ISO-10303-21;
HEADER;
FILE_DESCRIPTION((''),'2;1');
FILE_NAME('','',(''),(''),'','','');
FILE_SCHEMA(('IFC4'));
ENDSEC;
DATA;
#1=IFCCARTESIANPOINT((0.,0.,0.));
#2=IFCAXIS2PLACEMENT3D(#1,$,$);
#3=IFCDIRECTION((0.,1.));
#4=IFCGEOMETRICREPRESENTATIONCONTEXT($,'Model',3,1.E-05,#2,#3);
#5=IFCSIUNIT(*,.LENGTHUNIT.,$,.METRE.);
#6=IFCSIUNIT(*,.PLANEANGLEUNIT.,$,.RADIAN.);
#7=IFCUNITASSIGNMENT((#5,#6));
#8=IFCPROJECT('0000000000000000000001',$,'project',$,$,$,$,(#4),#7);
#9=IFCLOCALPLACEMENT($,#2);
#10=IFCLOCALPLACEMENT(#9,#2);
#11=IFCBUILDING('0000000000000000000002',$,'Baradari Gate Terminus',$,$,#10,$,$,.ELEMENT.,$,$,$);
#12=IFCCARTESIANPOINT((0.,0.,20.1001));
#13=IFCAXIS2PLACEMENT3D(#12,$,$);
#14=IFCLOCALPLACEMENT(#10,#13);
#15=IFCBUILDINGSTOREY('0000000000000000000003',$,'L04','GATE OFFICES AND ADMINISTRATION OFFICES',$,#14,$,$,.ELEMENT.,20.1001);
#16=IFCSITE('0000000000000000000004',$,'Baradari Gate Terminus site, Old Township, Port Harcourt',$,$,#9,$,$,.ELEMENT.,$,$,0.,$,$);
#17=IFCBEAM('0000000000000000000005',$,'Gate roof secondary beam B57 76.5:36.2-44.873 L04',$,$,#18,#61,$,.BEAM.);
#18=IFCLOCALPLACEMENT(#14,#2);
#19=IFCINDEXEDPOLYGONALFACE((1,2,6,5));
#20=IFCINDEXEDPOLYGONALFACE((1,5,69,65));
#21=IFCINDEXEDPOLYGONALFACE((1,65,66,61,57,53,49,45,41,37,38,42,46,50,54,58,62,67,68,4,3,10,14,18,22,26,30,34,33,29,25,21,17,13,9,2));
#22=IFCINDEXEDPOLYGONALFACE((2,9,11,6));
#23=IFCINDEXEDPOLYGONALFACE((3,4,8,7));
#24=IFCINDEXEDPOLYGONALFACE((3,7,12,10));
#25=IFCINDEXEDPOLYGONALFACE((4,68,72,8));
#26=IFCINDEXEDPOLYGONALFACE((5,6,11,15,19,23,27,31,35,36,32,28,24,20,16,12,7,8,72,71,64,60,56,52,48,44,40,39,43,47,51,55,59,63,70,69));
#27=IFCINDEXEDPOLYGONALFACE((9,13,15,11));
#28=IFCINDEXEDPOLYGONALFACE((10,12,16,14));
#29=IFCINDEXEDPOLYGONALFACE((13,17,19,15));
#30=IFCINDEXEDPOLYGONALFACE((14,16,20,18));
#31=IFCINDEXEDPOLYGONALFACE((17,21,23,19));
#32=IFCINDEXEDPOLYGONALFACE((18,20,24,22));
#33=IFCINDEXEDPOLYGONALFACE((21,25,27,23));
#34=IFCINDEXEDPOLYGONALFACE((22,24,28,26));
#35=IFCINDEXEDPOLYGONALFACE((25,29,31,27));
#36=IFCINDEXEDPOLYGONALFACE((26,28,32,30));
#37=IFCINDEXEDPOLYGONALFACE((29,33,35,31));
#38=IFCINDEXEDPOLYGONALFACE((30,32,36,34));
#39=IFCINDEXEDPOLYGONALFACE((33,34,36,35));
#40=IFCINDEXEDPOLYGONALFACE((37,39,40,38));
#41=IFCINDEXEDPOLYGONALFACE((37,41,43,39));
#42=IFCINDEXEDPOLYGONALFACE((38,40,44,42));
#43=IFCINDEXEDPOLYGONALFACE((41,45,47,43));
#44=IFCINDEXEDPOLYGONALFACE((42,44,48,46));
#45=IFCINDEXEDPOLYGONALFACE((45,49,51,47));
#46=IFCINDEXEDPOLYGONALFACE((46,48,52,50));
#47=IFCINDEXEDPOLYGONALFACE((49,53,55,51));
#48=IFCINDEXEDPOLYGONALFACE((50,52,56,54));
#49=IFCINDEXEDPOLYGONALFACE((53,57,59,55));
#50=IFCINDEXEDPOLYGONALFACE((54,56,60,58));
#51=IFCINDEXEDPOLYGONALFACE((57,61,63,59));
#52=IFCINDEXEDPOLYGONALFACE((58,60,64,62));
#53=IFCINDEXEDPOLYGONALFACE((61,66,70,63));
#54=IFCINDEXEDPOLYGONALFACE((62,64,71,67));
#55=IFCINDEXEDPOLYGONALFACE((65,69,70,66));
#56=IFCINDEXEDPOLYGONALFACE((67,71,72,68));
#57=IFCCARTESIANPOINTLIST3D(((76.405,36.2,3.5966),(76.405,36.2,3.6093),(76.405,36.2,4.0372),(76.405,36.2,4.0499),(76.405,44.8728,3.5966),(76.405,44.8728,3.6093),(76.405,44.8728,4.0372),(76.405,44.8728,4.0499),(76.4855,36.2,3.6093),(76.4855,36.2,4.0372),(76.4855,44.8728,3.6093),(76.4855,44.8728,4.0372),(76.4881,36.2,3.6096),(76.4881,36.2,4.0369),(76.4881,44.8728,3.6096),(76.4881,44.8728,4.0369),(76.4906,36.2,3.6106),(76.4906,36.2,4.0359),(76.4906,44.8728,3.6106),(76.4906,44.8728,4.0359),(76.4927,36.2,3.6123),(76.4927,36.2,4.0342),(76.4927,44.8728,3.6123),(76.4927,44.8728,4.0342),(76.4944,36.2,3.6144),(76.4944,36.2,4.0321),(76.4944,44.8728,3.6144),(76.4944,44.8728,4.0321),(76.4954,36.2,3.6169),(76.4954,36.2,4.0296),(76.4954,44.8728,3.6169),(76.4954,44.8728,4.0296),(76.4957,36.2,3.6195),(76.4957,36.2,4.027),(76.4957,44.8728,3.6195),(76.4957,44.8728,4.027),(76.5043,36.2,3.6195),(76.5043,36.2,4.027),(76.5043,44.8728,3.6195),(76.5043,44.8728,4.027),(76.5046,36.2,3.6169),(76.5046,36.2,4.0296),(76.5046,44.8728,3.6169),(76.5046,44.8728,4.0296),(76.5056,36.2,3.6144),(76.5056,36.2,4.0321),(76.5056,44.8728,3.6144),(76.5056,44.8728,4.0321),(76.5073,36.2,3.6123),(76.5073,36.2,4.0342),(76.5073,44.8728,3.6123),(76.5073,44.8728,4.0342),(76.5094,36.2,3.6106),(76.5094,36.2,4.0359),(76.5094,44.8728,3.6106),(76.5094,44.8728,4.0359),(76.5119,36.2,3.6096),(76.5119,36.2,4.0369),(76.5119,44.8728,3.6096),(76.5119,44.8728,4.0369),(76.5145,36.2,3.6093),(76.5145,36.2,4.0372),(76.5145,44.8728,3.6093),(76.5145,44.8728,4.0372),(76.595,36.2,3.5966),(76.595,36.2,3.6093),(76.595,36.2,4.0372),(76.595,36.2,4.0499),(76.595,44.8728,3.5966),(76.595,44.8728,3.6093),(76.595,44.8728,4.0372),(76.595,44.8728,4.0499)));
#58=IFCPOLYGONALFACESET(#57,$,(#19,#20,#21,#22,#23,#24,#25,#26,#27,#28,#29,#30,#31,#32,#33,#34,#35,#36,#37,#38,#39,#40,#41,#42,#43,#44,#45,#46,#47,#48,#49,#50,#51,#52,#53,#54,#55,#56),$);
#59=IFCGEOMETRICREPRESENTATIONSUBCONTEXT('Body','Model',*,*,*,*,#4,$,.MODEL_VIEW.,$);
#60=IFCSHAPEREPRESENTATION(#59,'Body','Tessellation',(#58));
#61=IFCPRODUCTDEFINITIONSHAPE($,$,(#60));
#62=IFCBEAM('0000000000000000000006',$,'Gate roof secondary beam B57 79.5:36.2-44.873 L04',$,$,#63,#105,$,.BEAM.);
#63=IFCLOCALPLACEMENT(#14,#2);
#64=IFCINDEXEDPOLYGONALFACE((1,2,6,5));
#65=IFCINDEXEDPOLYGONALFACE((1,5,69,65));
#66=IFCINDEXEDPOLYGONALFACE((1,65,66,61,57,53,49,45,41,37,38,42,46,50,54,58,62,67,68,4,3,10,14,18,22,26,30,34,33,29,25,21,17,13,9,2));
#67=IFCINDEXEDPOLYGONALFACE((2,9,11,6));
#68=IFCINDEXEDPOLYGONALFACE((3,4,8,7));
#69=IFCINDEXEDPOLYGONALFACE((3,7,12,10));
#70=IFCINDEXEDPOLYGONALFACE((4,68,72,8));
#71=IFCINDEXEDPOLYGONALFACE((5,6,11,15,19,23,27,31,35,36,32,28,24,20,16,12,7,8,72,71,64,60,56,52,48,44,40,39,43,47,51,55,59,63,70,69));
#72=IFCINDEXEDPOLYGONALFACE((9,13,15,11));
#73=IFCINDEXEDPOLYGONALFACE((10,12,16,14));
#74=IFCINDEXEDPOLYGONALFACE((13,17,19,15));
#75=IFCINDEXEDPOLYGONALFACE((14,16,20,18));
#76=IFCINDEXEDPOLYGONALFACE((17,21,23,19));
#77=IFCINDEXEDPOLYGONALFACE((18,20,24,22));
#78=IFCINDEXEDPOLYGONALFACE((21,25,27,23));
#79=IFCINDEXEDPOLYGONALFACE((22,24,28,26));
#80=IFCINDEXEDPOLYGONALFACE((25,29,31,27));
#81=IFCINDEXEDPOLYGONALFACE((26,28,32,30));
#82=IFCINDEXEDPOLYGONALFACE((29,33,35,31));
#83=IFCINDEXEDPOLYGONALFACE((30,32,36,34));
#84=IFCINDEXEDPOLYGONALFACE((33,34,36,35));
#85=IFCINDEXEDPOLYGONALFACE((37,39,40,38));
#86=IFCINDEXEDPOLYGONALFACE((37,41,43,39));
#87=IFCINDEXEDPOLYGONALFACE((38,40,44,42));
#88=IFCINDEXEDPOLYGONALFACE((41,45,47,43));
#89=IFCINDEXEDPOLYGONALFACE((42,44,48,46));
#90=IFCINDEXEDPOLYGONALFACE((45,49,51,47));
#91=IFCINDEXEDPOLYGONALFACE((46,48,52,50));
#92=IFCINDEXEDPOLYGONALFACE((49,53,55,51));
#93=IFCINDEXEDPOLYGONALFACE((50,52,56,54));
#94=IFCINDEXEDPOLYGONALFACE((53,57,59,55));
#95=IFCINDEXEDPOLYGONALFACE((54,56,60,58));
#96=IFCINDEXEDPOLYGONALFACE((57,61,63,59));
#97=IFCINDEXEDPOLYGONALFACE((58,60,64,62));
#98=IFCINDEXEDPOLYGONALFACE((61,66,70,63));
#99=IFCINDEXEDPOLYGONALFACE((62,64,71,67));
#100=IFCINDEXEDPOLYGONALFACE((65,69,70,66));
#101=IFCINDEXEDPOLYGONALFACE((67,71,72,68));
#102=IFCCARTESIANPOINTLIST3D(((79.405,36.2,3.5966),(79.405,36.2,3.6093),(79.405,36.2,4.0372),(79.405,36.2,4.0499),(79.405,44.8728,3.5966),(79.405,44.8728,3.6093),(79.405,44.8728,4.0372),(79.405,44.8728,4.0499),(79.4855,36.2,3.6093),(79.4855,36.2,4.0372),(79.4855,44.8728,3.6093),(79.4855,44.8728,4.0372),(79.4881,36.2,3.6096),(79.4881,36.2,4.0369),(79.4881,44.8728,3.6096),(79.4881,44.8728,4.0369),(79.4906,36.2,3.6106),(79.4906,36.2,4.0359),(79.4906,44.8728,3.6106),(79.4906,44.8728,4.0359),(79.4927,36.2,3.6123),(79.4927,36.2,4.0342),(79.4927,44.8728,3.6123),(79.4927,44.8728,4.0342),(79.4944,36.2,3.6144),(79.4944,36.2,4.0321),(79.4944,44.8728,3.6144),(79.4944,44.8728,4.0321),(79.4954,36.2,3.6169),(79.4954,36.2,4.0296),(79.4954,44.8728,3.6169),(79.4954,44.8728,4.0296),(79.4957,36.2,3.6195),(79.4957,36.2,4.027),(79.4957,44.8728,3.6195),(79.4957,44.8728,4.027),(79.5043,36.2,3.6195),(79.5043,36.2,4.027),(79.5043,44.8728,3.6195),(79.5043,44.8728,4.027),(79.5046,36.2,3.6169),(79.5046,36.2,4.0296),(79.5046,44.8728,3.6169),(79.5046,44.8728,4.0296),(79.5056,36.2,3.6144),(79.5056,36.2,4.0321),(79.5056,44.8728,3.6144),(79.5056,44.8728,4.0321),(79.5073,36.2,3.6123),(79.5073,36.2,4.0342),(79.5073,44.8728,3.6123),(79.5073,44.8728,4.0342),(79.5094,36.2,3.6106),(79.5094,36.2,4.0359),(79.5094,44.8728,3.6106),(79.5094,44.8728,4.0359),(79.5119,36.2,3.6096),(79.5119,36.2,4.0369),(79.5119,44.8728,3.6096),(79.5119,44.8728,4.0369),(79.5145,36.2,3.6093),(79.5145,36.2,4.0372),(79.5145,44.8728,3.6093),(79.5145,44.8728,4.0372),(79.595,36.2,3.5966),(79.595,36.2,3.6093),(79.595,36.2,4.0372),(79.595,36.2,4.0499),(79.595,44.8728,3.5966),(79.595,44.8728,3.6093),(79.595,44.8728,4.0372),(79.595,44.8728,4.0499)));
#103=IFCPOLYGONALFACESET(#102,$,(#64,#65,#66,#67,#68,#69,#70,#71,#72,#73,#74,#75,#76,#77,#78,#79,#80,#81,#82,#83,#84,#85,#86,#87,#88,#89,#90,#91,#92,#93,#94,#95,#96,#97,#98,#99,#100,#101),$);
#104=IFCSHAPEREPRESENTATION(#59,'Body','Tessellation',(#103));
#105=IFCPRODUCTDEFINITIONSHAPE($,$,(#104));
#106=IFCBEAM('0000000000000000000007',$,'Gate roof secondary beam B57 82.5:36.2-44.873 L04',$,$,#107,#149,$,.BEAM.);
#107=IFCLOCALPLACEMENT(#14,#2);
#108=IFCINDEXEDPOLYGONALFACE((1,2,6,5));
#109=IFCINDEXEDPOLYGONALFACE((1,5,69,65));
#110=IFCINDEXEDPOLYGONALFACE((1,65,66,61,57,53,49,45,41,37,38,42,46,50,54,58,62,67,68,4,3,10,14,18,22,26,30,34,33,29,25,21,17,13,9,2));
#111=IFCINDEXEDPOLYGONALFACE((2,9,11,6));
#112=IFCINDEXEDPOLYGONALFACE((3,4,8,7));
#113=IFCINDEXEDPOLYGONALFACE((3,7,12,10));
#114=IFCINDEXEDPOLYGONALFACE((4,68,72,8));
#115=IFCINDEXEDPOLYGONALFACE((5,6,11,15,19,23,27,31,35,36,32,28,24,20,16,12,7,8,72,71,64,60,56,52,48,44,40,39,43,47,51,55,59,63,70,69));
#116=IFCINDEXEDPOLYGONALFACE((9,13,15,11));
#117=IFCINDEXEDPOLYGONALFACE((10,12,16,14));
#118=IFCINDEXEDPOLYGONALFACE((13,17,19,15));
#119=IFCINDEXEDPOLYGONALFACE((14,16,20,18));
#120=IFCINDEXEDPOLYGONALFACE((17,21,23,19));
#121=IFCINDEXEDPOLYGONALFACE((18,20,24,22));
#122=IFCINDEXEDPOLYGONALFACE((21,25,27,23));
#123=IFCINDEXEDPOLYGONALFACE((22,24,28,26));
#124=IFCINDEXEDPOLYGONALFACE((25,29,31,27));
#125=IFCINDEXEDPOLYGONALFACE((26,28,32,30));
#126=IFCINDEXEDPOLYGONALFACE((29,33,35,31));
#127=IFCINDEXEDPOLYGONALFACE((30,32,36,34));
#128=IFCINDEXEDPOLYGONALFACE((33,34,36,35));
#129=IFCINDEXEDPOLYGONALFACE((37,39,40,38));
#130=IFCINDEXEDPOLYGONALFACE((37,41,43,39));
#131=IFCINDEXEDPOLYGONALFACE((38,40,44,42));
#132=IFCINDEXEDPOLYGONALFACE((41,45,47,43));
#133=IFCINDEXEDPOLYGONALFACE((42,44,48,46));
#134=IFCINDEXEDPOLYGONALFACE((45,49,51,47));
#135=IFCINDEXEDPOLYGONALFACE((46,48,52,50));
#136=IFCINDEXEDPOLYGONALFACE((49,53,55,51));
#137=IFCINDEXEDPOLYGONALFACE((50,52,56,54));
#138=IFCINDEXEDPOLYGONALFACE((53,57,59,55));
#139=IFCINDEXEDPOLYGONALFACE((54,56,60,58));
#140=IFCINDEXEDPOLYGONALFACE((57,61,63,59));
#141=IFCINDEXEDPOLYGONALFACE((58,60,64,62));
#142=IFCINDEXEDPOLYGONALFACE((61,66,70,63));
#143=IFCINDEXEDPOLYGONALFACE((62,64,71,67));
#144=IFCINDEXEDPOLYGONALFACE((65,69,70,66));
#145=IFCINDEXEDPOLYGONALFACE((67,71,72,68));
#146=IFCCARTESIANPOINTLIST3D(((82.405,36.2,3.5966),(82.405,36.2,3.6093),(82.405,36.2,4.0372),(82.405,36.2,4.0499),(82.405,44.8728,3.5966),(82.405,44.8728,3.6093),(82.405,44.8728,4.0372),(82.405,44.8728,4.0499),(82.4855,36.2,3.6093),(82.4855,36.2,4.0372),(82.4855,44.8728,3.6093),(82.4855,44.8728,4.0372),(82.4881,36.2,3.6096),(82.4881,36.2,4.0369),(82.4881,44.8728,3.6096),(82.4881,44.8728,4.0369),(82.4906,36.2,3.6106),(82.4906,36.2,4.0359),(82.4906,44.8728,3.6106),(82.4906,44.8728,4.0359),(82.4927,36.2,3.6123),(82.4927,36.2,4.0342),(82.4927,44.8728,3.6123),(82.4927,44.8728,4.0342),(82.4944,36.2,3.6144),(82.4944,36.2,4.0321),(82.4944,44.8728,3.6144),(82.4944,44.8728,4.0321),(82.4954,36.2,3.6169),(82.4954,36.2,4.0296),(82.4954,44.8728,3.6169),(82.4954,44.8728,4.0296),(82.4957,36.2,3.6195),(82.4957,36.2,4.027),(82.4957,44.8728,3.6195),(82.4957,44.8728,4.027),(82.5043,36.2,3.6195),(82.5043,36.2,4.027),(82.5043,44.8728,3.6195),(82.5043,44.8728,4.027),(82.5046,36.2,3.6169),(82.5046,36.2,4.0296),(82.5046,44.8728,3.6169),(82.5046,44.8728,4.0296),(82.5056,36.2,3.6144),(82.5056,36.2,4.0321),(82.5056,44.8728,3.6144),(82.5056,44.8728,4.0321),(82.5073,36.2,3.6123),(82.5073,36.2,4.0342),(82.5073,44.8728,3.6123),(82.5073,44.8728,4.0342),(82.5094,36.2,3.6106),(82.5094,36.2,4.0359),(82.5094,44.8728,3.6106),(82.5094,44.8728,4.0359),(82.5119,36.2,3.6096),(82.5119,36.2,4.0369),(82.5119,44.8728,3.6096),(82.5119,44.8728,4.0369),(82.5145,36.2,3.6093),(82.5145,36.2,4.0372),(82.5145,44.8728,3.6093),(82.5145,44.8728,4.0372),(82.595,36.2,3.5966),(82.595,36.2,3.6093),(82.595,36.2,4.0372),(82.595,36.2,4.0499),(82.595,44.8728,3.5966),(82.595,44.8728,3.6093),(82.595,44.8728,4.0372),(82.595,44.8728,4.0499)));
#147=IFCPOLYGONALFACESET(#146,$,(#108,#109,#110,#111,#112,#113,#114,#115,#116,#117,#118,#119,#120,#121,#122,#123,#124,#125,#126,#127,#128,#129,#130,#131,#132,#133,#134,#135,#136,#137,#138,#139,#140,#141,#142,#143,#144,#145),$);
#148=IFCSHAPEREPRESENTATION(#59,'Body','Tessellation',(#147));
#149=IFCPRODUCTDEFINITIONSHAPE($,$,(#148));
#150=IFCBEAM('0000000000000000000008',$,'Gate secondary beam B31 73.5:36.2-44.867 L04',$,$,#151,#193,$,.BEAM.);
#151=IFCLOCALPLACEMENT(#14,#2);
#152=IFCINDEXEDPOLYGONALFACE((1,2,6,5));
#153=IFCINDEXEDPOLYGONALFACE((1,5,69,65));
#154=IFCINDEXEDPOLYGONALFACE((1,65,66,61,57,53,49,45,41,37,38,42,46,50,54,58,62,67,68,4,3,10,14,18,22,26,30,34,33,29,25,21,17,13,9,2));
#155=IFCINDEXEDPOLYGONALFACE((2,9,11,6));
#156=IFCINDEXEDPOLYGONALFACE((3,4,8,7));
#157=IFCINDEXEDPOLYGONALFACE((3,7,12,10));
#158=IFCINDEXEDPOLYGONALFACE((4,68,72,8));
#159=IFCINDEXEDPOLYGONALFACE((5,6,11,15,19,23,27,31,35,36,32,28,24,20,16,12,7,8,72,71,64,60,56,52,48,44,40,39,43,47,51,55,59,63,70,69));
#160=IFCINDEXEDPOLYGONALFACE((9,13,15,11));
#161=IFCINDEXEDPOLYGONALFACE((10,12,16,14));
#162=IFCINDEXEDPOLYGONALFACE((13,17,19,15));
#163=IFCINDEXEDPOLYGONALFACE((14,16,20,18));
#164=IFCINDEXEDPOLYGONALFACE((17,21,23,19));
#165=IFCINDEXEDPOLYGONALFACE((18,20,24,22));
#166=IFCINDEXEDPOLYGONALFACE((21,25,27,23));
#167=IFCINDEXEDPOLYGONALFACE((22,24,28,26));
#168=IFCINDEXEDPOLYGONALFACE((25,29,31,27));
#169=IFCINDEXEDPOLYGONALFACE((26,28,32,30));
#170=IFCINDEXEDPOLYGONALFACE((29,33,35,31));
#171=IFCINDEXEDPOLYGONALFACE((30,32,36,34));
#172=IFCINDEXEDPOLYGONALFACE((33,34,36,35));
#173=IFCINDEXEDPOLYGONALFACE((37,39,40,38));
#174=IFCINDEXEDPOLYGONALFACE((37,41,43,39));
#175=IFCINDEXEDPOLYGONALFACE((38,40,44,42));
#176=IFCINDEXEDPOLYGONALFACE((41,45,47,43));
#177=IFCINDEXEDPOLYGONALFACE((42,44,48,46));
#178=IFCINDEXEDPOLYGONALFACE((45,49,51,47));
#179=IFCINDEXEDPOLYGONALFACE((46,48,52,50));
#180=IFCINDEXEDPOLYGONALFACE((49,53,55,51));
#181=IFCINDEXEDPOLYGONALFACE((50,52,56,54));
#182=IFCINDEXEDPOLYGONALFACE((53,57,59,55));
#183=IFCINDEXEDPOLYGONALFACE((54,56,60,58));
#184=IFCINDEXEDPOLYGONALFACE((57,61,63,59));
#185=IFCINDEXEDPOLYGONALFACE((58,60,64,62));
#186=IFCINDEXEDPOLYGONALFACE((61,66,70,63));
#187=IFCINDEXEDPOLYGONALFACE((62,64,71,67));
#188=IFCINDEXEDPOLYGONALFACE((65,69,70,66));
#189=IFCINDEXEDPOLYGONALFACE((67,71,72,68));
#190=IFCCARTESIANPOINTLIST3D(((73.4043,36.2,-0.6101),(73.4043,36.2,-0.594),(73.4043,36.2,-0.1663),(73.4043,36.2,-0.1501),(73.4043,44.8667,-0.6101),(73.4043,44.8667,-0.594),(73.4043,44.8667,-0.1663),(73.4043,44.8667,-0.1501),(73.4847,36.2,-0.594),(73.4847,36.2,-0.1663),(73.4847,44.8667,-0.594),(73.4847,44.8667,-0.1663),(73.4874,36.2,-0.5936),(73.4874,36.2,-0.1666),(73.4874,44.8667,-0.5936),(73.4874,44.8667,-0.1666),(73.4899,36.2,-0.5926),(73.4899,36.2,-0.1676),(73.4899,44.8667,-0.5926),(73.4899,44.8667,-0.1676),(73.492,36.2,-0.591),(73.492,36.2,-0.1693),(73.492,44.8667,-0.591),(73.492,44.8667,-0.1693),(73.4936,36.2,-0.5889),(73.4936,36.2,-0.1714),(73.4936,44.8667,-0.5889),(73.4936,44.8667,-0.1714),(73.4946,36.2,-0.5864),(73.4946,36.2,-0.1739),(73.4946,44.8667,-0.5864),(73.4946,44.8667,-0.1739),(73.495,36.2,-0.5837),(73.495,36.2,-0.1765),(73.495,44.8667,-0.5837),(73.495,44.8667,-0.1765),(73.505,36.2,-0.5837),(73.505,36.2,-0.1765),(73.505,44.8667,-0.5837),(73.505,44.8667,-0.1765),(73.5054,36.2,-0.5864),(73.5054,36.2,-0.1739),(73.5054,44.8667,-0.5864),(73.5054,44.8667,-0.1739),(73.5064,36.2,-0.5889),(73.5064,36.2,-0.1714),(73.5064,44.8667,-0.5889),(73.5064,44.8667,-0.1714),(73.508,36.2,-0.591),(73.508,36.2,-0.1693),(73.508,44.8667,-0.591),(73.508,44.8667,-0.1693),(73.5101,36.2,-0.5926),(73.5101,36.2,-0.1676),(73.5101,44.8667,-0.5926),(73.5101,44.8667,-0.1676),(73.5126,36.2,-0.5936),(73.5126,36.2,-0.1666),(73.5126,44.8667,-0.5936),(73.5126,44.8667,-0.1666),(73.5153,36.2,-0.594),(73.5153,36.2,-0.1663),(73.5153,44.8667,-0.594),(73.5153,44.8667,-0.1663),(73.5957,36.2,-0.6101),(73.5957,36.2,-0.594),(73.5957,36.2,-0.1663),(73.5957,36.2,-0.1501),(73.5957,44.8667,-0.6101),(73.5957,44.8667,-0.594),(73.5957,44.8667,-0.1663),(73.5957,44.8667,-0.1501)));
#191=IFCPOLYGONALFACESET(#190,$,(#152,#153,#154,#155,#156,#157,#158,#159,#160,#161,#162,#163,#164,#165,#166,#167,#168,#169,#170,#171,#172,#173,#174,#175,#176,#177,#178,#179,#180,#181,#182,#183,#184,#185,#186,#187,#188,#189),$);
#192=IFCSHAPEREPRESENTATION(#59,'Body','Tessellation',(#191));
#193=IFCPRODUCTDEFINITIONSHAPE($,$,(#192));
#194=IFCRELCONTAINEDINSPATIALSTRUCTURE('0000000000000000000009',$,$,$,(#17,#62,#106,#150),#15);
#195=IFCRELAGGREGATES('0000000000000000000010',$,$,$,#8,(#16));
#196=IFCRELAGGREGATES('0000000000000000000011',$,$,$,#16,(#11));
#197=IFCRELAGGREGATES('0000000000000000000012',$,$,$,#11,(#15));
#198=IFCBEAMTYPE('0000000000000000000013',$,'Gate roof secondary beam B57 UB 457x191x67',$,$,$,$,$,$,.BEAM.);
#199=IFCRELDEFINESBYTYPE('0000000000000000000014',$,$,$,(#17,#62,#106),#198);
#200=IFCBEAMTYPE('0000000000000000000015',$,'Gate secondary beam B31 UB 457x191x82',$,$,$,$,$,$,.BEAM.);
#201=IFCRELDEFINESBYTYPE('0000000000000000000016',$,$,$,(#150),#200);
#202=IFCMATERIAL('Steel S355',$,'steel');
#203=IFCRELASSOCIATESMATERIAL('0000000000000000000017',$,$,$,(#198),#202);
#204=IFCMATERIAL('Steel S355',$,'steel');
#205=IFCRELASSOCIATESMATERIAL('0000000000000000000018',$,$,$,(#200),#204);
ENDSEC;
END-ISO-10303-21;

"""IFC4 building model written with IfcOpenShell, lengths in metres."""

from ifc_helpers import new_model, si_unit, direction, frame, origin, origin_2d, place, context, subcontext, project, spatial, i_section, extrude, material, material_profile, profile_set, type_object, element, save


model = new_model("IFC4")

# Units and contexts
model_context = context("Model", 3, precision=1e-05, world=origin(), true_north=direction((0.0, 1.0)))
body_context = subcontext(model_context, "Body", "Model", "MODEL_VIEW")
ifc_project = project(units=[si_unit("LENGTHUNIT", "METRE"), si_unit("PLANEANGLEUNIT", "RADIAN")], contexts=[model_context])

# Site, building, storey
site_placement = place(None, origin())
site = spatial("IfcSite", under=ifc_project, at=site_placement, Name="Baradari Gate Terminus site, Old Township, Port Harcourt", CompositionType="ELEMENT", RefElevation=0.0)
building_placement = place(site_placement, origin())
building = spatial("IfcBuilding", under=site, at=building_placement, Name="Baradari Gate Terminus", CompositionType="ELEMENT")
storey_placement = place(building_placement, frame((0.0, 0.0, 20.1001)))
storey = spatial("IfcBuildingStorey", under=building, at=storey_placement, Name="L04", Description="GATE OFFICES AND ADMINISTRATION OFFICES", CompositionType="ELEMENT", Elevation=20.1001)

# Beams
ifc_material_1 = material(Name="Steel S355", Category="steel")
ifc_material_profile_1 = material_profile(ifc_material_1, i_section(OverallWidth=0.1899, OverallDepth=0.4534, WebThickness=0.0085, FlangeThickness=0.0127, FilletRadius=0.0103, at=origin_2d()), Name="UB 457x191x67")
ifc_profile_set_1 = profile_set([ifc_material_profile_1], Name="Steel S355")
beam_type_1 = type_object("IfcBeamType", Name="Gate roof secondary beam B57 UB 457x191x67", PredefinedType="BEAM", material=ifc_profile_set_1)
for number, where, z_axis, x_axis, name in (
    (1, (76.5, 36.2, 3.8232), (0.0, 1.0, 0.0), (-1.0, 0.0, 0.0), "Gate roof secondary beam B57 76.5:36.2-44.873 L04"),
    (2, (79.5, 36.2, 3.8232), (0.0, 1.0, 0.0), (-1.0, 0.0, 0.0), "Gate roof secondary beam B57 79.5:36.2-44.873 L04"),
    (3, (82.5, 36.2, 3.8232), (0.0, 1.0, 0.0), (-1.0, 0.0, 0.0), "Gate roof secondary beam B57 82.5:36.2-44.873 L04"),
):
    element("IfcBeam", number, at=place(storey_placement, frame(where, z_axis=z_axis, x_axis=x_axis)), inside=storey, type_object=beam_type_1, Name=name, PredefinedType="BEAM", context=body_context, shape_type="SweptSolid", body=[
        extrude(i_section(OverallWidth=0.1899, OverallDepth=0.4534, WebThickness=0.0085, FlangeThickness=0.0127, FilletRadius=0.0103, at=origin_2d()), origin(), (0.0, 0.0, 1.0), 8.6729),
    ])
ifc_material_2 = material(Name="Steel S355", Category="steel")
ifc_material_profile_2 = material_profile(ifc_material_2, i_section(OverallWidth=0.1914, OverallDepth=0.46, WebThickness=0.01, FlangeThickness=0.0161, FilletRadius=0.0103, at=origin_2d()), Name="UB 457x191x82")
ifc_profile_set_2 = profile_set([ifc_material_profile_2], Name="Steel S355")
beam_type_2 = type_object("IfcBeamType", Name="Gate secondary beam B31 UB 457x191x82", PredefinedType="BEAM", material=ifc_profile_set_2)
for number, where, z_axis, x_axis, name in (
    (4, (73.5, 36.2, -0.3801), (0.0, 1.0, 0.0), (-1.0, 0.0, 0.0), "Gate secondary beam B31 73.5:36.2-44.867 L04"),
):
    element("IfcBeam", number, at=place(storey_placement, frame(where, z_axis=z_axis, x_axis=x_axis)), inside=storey, type_object=beam_type_2, Name=name, PredefinedType="BEAM", context=body_context, shape_type="SweptSolid", body=[
        extrude(i_section(OverallWidth=0.1914, OverallDepth=0.46, WebThickness=0.01, FlangeThickness=0.0161, FilletRadius=0.0103, at=origin_2d()), origin(), (0.0, 0.0, 1.0), 8.6667),
    ])

save(model, "model.ifc")
